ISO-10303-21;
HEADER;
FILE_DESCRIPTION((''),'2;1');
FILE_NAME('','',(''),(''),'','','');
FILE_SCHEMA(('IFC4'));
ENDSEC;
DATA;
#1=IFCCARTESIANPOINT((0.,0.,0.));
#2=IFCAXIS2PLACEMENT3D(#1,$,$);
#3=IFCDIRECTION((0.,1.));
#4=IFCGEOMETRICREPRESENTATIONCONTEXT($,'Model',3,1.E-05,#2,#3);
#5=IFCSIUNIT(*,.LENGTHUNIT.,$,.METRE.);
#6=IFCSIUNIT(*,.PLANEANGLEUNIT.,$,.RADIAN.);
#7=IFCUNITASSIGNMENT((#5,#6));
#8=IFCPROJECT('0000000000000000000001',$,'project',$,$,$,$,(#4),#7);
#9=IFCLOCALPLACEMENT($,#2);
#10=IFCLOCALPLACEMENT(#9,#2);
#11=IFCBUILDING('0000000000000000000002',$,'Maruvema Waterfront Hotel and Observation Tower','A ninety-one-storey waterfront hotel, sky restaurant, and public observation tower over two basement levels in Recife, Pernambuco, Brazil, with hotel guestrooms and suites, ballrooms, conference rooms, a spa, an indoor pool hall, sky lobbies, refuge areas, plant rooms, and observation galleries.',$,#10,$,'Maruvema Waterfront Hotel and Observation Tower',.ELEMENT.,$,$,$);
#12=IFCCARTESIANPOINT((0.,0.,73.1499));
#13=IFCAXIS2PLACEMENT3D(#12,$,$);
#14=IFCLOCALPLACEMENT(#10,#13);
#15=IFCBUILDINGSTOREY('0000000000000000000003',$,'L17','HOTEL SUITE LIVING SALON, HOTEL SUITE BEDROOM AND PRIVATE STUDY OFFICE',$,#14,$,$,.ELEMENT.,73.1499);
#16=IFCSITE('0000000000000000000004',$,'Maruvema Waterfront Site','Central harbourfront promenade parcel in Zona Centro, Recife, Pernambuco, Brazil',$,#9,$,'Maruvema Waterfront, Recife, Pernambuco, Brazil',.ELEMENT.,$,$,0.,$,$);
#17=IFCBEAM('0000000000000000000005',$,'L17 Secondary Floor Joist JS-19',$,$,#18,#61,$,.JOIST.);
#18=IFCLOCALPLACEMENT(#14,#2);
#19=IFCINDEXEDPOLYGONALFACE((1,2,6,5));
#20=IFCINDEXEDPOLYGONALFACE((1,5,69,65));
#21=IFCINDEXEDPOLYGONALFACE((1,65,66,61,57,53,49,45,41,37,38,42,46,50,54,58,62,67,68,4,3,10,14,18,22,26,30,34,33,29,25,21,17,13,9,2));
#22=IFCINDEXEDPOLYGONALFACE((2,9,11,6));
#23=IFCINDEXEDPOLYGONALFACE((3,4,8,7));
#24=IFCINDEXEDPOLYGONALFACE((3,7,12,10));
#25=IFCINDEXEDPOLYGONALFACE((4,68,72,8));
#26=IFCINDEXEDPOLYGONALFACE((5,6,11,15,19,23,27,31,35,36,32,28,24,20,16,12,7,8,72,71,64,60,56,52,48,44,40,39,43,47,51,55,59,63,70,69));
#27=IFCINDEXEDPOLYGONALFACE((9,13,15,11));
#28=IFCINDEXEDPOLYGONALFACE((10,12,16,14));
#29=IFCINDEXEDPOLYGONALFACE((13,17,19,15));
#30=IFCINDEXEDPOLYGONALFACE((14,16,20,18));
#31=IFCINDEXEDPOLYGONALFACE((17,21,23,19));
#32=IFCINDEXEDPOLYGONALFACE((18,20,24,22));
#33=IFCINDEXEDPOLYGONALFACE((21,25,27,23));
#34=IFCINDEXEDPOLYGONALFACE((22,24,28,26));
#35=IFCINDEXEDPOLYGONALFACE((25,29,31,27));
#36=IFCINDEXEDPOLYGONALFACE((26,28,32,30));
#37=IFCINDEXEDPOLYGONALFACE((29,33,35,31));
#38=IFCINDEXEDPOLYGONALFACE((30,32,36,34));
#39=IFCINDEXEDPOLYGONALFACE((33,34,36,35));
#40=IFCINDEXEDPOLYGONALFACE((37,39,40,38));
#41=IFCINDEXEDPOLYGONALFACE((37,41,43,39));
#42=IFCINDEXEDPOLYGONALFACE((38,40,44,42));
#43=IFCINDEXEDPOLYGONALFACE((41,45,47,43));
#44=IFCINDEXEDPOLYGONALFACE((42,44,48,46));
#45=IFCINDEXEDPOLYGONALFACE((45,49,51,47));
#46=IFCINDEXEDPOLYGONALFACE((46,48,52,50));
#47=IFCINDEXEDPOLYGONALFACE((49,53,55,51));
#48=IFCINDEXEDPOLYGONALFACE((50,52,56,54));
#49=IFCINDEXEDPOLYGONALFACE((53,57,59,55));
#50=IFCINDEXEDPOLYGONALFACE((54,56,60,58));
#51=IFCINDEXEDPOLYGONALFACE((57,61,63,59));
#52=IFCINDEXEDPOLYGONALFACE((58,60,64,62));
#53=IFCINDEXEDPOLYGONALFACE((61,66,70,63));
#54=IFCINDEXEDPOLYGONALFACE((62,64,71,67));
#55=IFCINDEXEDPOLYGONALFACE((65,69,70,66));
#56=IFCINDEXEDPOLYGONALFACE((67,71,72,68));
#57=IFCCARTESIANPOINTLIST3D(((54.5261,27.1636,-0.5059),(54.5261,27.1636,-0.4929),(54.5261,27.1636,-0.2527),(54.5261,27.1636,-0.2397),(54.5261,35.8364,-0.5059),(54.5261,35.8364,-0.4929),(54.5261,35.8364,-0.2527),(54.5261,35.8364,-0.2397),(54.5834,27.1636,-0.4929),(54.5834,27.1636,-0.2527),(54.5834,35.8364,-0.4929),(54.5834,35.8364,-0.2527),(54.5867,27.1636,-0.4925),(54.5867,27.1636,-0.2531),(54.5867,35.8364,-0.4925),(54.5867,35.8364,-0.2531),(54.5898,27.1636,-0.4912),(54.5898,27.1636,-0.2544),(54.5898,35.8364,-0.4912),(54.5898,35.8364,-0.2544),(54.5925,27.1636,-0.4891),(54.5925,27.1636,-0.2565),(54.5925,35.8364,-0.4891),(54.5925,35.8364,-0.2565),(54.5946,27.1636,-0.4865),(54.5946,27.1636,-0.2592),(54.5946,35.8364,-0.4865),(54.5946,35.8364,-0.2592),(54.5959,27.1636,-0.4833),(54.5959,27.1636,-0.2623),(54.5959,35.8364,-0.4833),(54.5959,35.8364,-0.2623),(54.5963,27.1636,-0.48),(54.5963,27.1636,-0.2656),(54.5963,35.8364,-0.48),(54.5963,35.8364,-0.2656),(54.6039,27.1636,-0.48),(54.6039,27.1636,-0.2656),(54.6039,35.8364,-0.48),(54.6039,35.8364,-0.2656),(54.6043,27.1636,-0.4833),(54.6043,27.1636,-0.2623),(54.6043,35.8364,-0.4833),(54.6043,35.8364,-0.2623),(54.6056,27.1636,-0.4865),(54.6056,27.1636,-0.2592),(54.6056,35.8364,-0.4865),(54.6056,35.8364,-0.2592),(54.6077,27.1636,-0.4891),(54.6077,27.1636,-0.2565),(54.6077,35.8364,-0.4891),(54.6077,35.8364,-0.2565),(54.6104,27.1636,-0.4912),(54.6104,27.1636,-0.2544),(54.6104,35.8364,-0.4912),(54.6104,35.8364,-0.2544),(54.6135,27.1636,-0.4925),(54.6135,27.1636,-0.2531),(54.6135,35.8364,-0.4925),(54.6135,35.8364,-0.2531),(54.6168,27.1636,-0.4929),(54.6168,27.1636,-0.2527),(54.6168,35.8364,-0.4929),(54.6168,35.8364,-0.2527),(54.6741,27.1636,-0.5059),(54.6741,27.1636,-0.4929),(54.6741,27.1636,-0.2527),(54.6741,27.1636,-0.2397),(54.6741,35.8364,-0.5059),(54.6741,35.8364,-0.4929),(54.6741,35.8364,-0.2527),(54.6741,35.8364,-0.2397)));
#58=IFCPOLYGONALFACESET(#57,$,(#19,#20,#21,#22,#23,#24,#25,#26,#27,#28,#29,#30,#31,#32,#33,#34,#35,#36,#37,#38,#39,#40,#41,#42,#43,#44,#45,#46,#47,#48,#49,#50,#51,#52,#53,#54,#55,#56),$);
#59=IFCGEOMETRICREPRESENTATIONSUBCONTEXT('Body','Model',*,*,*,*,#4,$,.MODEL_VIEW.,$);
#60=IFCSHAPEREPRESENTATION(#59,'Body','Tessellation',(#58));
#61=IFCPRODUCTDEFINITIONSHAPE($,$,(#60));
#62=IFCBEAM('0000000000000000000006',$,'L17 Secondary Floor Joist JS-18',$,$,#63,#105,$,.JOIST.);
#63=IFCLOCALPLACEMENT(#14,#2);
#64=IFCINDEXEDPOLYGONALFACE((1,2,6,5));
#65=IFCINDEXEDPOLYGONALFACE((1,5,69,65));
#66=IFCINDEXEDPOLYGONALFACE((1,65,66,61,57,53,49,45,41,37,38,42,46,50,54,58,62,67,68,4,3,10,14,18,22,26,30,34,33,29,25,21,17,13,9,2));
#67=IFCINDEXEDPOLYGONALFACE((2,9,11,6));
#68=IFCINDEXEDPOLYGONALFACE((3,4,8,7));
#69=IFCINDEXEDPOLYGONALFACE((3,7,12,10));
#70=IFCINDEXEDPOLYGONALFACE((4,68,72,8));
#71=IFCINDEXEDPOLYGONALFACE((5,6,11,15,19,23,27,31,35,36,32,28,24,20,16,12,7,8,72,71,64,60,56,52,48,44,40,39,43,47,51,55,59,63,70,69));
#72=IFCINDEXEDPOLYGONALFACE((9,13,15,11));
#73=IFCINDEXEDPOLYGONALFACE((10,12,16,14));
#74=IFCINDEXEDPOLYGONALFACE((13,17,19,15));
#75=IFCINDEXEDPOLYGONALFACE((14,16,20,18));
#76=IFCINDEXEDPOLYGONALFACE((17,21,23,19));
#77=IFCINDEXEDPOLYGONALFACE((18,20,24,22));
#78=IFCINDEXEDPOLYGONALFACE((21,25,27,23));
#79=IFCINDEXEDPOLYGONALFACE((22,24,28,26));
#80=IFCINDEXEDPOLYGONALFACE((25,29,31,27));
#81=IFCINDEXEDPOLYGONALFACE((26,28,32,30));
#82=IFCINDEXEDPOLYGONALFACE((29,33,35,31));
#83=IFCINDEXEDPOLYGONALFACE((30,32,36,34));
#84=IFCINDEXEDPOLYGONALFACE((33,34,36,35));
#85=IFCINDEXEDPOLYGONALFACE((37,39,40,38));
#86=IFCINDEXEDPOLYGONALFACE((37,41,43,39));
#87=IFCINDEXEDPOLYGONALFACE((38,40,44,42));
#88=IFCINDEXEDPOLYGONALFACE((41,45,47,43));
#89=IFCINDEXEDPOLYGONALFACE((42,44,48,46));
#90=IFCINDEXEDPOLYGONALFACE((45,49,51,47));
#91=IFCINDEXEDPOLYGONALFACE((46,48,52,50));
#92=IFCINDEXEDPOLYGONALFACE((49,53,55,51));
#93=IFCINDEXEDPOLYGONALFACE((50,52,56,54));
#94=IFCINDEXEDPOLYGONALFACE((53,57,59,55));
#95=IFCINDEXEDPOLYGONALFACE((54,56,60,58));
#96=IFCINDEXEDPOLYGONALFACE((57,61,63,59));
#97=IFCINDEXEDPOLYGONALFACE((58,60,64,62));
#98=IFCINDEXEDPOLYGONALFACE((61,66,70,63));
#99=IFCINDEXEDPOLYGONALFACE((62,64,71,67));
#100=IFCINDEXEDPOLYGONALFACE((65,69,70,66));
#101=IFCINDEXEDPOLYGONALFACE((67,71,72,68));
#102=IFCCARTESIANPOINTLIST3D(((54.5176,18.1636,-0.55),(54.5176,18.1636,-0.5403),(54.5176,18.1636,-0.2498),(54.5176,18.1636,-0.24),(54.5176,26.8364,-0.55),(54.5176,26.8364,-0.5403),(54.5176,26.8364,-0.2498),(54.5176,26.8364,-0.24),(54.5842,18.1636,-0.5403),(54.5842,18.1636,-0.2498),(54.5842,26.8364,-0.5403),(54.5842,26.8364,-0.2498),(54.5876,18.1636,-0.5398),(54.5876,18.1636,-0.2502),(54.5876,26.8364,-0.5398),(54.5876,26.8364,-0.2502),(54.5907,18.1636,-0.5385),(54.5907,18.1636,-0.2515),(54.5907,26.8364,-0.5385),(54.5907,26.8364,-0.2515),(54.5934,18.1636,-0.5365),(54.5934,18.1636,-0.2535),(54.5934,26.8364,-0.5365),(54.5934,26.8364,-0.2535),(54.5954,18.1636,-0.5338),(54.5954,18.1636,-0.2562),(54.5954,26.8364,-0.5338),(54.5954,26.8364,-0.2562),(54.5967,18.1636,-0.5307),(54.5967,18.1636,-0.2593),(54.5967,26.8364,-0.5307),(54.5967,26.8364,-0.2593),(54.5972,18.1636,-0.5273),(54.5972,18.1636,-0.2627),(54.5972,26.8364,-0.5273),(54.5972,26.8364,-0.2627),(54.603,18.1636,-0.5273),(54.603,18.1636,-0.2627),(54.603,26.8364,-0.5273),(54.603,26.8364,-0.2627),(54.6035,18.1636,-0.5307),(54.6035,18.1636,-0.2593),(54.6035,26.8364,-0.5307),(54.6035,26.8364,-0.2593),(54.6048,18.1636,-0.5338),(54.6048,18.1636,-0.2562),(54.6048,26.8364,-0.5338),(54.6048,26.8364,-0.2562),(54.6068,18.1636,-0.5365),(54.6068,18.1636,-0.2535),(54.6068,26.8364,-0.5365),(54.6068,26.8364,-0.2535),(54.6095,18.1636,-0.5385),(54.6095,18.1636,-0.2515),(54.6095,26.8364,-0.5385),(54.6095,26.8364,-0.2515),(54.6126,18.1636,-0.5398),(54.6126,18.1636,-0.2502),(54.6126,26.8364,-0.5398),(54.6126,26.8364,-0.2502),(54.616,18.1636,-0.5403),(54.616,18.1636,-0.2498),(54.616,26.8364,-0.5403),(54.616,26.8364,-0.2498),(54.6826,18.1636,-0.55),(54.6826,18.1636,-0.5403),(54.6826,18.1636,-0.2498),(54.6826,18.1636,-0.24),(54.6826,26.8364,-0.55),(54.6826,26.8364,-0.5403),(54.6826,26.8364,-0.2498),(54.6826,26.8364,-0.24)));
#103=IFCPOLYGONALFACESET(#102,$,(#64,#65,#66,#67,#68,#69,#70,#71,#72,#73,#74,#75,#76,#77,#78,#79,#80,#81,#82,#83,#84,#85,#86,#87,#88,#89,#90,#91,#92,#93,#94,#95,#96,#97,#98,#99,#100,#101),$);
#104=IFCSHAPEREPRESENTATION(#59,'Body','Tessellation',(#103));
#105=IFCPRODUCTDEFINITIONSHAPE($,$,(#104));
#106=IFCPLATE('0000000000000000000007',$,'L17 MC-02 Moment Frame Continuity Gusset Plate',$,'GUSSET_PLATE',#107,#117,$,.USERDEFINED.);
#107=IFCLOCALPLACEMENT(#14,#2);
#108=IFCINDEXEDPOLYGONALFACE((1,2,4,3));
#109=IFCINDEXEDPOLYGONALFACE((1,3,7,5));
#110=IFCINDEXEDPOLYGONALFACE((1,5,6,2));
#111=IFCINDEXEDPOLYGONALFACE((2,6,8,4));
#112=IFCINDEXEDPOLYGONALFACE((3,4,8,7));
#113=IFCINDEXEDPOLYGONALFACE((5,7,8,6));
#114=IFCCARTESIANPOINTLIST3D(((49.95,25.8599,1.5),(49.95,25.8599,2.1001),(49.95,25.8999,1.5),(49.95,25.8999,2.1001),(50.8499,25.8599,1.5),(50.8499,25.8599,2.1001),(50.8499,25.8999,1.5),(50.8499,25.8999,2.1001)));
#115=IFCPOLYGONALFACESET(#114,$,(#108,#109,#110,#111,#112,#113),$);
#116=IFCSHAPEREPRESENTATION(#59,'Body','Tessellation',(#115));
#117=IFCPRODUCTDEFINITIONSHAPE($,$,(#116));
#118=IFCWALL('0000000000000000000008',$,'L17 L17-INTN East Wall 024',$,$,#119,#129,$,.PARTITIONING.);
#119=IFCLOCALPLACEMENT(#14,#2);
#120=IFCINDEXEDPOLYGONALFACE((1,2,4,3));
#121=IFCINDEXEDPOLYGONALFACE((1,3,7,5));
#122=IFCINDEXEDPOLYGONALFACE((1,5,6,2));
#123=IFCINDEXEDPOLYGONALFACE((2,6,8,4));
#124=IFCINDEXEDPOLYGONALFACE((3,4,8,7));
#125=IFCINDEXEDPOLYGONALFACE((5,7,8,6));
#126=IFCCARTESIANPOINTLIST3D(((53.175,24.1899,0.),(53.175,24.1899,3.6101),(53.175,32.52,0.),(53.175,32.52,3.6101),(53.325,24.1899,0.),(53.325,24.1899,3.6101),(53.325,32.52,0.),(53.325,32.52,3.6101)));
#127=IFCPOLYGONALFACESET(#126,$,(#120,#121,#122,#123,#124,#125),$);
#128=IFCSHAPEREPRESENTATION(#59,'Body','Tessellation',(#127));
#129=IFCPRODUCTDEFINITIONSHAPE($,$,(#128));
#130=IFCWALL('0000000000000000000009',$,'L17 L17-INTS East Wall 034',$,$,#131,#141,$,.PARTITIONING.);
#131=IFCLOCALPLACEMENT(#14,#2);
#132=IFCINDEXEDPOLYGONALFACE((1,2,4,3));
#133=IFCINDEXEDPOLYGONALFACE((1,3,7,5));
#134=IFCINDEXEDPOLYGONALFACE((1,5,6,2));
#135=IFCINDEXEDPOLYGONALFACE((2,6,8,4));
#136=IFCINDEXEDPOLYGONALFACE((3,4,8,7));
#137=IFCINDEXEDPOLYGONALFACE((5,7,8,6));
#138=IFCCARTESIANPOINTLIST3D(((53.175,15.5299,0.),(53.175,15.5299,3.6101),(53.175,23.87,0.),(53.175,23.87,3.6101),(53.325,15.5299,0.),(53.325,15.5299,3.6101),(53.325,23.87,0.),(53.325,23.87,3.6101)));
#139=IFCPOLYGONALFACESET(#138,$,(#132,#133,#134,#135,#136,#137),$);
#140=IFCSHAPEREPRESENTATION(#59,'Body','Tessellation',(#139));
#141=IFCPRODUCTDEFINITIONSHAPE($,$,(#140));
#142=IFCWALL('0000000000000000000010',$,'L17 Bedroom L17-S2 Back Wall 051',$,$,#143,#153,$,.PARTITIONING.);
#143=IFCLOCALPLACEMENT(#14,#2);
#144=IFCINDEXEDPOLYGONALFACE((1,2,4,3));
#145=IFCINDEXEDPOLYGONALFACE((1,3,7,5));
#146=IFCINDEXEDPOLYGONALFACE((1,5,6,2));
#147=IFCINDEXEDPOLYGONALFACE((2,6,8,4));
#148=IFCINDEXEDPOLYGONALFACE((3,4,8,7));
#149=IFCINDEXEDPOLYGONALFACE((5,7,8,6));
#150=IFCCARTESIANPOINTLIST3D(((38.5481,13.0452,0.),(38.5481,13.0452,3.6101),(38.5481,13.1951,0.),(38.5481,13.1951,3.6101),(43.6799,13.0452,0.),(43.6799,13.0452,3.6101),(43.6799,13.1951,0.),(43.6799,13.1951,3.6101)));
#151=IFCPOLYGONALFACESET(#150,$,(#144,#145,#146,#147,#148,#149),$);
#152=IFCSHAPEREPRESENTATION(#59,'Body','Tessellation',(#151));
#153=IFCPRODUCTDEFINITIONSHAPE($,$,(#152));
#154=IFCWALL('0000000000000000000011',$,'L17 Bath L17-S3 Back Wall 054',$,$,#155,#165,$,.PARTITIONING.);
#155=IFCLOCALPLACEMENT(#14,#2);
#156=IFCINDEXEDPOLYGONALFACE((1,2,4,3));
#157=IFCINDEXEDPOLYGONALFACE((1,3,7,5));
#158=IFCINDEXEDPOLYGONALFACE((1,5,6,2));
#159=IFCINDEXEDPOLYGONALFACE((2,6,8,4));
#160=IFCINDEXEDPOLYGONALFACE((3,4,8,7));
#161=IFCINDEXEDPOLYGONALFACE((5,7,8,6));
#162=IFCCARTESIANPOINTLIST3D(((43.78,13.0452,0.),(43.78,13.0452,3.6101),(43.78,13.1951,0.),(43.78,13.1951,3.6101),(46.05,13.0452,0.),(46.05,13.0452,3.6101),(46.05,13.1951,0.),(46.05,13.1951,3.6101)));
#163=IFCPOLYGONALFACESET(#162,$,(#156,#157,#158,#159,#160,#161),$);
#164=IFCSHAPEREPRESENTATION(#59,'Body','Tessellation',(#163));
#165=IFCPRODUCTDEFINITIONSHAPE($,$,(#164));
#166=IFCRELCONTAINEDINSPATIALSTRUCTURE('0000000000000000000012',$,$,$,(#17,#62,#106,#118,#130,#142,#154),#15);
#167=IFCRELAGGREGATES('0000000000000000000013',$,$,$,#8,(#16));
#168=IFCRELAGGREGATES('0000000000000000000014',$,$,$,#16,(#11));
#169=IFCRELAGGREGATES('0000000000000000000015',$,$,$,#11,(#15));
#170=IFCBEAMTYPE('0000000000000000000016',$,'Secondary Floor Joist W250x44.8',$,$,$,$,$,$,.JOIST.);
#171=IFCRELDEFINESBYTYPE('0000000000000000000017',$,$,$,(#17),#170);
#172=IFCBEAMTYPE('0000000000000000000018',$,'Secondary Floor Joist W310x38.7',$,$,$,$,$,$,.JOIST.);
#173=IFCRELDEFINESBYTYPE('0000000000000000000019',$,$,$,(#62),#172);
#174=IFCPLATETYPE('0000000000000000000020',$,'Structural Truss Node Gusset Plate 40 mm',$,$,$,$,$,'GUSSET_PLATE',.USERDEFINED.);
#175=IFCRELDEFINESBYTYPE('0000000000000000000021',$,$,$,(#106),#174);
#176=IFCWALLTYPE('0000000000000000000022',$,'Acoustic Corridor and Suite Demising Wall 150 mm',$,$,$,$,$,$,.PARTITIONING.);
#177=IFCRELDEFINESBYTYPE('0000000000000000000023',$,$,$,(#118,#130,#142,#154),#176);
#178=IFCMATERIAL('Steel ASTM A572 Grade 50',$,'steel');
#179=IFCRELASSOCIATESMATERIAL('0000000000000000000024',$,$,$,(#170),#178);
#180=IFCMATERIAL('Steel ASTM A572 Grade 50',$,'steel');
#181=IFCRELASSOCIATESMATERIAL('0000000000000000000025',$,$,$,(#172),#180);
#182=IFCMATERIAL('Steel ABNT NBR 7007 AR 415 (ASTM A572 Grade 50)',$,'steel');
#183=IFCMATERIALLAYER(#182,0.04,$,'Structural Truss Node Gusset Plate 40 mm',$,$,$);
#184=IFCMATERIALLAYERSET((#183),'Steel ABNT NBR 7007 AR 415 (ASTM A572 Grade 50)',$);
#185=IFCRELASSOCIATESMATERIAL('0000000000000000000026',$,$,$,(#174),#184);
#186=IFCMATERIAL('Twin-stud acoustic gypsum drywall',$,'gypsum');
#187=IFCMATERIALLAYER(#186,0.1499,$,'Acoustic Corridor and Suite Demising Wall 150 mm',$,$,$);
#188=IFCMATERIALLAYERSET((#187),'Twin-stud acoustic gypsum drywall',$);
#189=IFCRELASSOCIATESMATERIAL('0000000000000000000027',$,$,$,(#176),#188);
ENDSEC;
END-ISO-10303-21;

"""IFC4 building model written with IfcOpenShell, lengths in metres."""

from ifc_helpers import new_model, si_unit, direction, frame, frame_2d, origin, origin_2d, place, context, subcontext, project, spatial, rectangle, i_section, extrude, material, layer, layer_set, material_profile, profile_set, type_object, element, save


model = new_model("IFC4")

# Units and contexts
model_context = context("Model", 3, precision=1e-05, world=origin(), true_north=direction((0.0, 1.0)))
body_context = subcontext(model_context, "Body", "Model", "MODEL_VIEW")
ifc_project = project(units=[si_unit("LENGTHUNIT", "METRE"), si_unit("PLANEANGLEUNIT", "RADIAN")], contexts=[model_context])

# Site, building, storey
site_placement = place(None, origin())
site = spatial("IfcSite", under=ifc_project, at=site_placement, Name="Maruvema Waterfront Site", Description="Central harbourfront promenade parcel in Zona Centro, Recife, Pernambuco, Brazil", LongName="Maruvema Waterfront, Recife, Pernambuco, Brazil", CompositionType="ELEMENT", RefElevation=0.0)
building_placement = place(site_placement, origin())
building = spatial("IfcBuilding", under=site, at=building_placement, Name="Maruvema Waterfront Hotel and Observation Tower", Description="A ninety-one-storey waterfront hotel, sky restaurant, and public observation tower over two basement levels in Recife, Pernambuco, Brazil, with hotel guestrooms and suites, ballrooms, conference rooms, a spa, an indoor pool hall, sky lobbies, refuge areas, plant rooms, and observation galleries.", LongName="Maruvema Waterfront Hotel and Observation Tower", CompositionType="ELEMENT")
storey_placement = place(building_placement, frame((0.0, 0.0, 73.1499)))
storey = spatial("IfcBuildingStorey", under=building, at=storey_placement, Name="L17", Description="HOTEL SUITE LIVING SALON, HOTEL SUITE BEDROOM AND PRIVATE STUDY OFFICE", CompositionType="ELEMENT", Elevation=73.1499)

# Beams
ifc_material_1 = material(Name="Steel ASTM A572 Grade 50", Category="steel")
ifc_material_profile_1 = material_profile(ifc_material_1, i_section(OverallWidth=0.1479, OverallDepth=0.2661, WebThickness=0.0076, FlangeThickness=0.0129, FilletRadius=0.0129, at=origin_2d()), Name="W250x44.8")
ifc_profile_set_1 = profile_set([ifc_material_profile_1], Name="Steel ASTM A572 Grade 50")
beam_type_1 = type_object("IfcBeamType", Name="Secondary Floor Joist W250x44.8", PredefinedType="JOIST", material=ifc_profile_set_1)
beam_1_placement = place(storey_placement, frame((54.6001, 27.1636, -0.3728), z_axis=(0.0, 1.0, 0.0), x_axis=(-1.0, 0.0, 0.0)))
element("IfcBeam", 1, at=beam_1_placement, inside=storey, type_object=beam_type_1, Name="L17 Secondary Floor Joist JS-19", PredefinedType="JOIST", context=body_context, shape_type="SweptSolid", body=[
    extrude(i_section(OverallWidth=0.1479, OverallDepth=0.2661, WebThickness=0.0076, FlangeThickness=0.0129, FilletRadius=0.0129, at=origin_2d()), origin(), (0.0, 0.0, 1.0), 8.6729),
])
ifc_material_2 = material(Name="Steel ASTM A572 Grade 50", Category="steel")
ifc_material_profile_2 = material_profile(ifc_material_2, i_section(OverallWidth=0.165, OverallDepth=0.3101, WebThickness=0.0059, FlangeThickness=0.0098, FilletRadius=0.0129, at=origin_2d()), Name="W310x38.7")
ifc_profile_set_2 = profile_set([ifc_material_profile_2], Name="Steel ASTM A572 Grade 50")
beam_type_2 = type_object("IfcBeamType", Name="Secondary Floor Joist W310x38.7", PredefinedType="JOIST", material=ifc_profile_set_2)
beam_2_placement = place(storey_placement, frame((54.6001, 18.1636, -0.395), z_axis=(0.0, 1.0, 0.0), x_axis=(-1.0, 0.0, 0.0)))
element("IfcBeam", 2, at=beam_2_placement, inside=storey, type_object=beam_type_2, Name="L17 Secondary Floor Joist JS-18", PredefinedType="JOIST", context=body_context, shape_type="SweptSolid", body=[
    extrude(i_section(OverallWidth=0.165, OverallDepth=0.3101, WebThickness=0.0059, FlangeThickness=0.0098, FilletRadius=0.0129, at=origin_2d()), origin(), (0.0, 0.0, 1.0), 8.6729),
])

# Plate
ifc_material_3 = material(Name="Steel ABNT NBR 7007 AR 415 (ASTM A572 Grade 50)", Category="steel")
ifc_layer_1 = layer(ifc_material_3, 0.04, Name="Structural Truss Node Gusset Plate 40 mm")
ifc_layer_set_1 = layer_set([ifc_layer_1], Name="Steel ABNT NBR 7007 AR 415 (ASTM A572 Grade 50)")
plate_type = type_object("IfcPlateType", Name="Structural Truss Node Gusset Plate 40 mm", ElementType="GUSSET_PLATE", PredefinedType="USERDEFINED", material=ifc_layer_set_1)
plate_placement = place(storey_placement, frame((50.3999, 25.8799, 1.5), z_axis=(0.0, 0.0, 1.0), x_axis=(1.0, 0.0, 0.0)))
element("IfcPlate", 3, at=plate_placement, inside=storey, type_object=plate_type, Name="L17 MC-02 Moment Frame Continuity Gusset Plate", ObjectType="GUSSET_PLATE", PredefinedType="USERDEFINED", context=body_context, shape_type="SweptSolid", body=[
    extrude(rectangle(XDim=0.8999, YDim=0.04, at=origin_2d()), origin(), (0.0, 0.0, 1.0), 0.6001),
])

# Walls
ifc_material_4 = material(Name="Twin-stud acoustic gypsum drywall", Category="gypsum")
ifc_layer_2 = layer(ifc_material_4, 0.1499, Name="Acoustic Corridor and Suite Demising Wall 150 mm")
ifc_layer_set_2 = layer_set([ifc_layer_2], Name="Twin-stud acoustic gypsum drywall")
wall_type_1 = type_object("IfcWallType", Name="Acoustic Corridor and Suite Demising Wall 150 mm", PredefinedType="PARTITIONING", material=ifc_layer_set_2)
wall_1_placement = place(storey_placement, frame((53.25, 24.1899, 0.0), z_axis=(0.0, 0.0, 1.0), x_axis=(0.0, 1.0, 0.0)))
element("IfcWall", 4, at=wall_1_placement, inside=storey, type_object=wall_type_1, Name="L17 L17-INTN East Wall 024", PredefinedType="PARTITIONING", context=body_context, shape_type="SweptSolid", body=[
    extrude(rectangle(XDim=8.3301, YDim=0.1499, at=frame_2d((4.165, 0.0))), origin(), (0.0, 0.0, 1.0), 3.6101),
])
wall_2_placement = place(storey_placement, frame((53.25, 15.53, 0.0), z_axis=(0.0, 0.0, 1.0), x_axis=(0.0, 1.0, 0.0)))
element("IfcWall", 5, at=wall_2_placement, inside=storey, type_object=wall_type_1, Name="L17 L17-INTS East Wall 034", PredefinedType="PARTITIONING", context=body_context, shape_type="SweptSolid", body=[
    extrude(rectangle(XDim=8.3401, YDim=0.1499, at=frame_2d((4.1699, 0.0))), origin(), (0.0, 0.0, 1.0), 3.6101),
])
wall_3_placement = place(storey_placement, frame((38.5481, 13.1201, 0.0), z_axis=(0.0, 0.0, 1.0), x_axis=(1.0, 0.0, 0.0)))
element("IfcWall", 6, at=wall_3_placement, inside=storey, type_object=wall_type_1, Name="L17 Bedroom L17-S2 Back Wall 051", PredefinedType="PARTITIONING", context=body_context, shape_type="SweptSolid", body=[
    extrude(rectangle(XDim=5.1318, YDim=0.1499, at=frame_2d((2.5659, 0.0))), origin(), (0.0, 0.0, 1.0), 3.6101),
])
wall_4_placement = place(storey_placement, frame((43.78, 13.1201, 0.0), z_axis=(0.0, 0.0, 1.0), x_axis=(1.0, 0.0, 0.0)))
element("IfcWall", 7, at=wall_4_placement, inside=storey, type_object=wall_type_1, Name="L17 Bath L17-S3 Back Wall 054", PredefinedType="PARTITIONING", context=body_context, shape_type="SweptSolid", body=[
    extrude(rectangle(XDim=2.27, YDim=0.1499, at=frame_2d((1.135, 0.0))), origin(), (0.0, 0.0, 1.0), 3.6101),
])

save(model, "model.ifc")
